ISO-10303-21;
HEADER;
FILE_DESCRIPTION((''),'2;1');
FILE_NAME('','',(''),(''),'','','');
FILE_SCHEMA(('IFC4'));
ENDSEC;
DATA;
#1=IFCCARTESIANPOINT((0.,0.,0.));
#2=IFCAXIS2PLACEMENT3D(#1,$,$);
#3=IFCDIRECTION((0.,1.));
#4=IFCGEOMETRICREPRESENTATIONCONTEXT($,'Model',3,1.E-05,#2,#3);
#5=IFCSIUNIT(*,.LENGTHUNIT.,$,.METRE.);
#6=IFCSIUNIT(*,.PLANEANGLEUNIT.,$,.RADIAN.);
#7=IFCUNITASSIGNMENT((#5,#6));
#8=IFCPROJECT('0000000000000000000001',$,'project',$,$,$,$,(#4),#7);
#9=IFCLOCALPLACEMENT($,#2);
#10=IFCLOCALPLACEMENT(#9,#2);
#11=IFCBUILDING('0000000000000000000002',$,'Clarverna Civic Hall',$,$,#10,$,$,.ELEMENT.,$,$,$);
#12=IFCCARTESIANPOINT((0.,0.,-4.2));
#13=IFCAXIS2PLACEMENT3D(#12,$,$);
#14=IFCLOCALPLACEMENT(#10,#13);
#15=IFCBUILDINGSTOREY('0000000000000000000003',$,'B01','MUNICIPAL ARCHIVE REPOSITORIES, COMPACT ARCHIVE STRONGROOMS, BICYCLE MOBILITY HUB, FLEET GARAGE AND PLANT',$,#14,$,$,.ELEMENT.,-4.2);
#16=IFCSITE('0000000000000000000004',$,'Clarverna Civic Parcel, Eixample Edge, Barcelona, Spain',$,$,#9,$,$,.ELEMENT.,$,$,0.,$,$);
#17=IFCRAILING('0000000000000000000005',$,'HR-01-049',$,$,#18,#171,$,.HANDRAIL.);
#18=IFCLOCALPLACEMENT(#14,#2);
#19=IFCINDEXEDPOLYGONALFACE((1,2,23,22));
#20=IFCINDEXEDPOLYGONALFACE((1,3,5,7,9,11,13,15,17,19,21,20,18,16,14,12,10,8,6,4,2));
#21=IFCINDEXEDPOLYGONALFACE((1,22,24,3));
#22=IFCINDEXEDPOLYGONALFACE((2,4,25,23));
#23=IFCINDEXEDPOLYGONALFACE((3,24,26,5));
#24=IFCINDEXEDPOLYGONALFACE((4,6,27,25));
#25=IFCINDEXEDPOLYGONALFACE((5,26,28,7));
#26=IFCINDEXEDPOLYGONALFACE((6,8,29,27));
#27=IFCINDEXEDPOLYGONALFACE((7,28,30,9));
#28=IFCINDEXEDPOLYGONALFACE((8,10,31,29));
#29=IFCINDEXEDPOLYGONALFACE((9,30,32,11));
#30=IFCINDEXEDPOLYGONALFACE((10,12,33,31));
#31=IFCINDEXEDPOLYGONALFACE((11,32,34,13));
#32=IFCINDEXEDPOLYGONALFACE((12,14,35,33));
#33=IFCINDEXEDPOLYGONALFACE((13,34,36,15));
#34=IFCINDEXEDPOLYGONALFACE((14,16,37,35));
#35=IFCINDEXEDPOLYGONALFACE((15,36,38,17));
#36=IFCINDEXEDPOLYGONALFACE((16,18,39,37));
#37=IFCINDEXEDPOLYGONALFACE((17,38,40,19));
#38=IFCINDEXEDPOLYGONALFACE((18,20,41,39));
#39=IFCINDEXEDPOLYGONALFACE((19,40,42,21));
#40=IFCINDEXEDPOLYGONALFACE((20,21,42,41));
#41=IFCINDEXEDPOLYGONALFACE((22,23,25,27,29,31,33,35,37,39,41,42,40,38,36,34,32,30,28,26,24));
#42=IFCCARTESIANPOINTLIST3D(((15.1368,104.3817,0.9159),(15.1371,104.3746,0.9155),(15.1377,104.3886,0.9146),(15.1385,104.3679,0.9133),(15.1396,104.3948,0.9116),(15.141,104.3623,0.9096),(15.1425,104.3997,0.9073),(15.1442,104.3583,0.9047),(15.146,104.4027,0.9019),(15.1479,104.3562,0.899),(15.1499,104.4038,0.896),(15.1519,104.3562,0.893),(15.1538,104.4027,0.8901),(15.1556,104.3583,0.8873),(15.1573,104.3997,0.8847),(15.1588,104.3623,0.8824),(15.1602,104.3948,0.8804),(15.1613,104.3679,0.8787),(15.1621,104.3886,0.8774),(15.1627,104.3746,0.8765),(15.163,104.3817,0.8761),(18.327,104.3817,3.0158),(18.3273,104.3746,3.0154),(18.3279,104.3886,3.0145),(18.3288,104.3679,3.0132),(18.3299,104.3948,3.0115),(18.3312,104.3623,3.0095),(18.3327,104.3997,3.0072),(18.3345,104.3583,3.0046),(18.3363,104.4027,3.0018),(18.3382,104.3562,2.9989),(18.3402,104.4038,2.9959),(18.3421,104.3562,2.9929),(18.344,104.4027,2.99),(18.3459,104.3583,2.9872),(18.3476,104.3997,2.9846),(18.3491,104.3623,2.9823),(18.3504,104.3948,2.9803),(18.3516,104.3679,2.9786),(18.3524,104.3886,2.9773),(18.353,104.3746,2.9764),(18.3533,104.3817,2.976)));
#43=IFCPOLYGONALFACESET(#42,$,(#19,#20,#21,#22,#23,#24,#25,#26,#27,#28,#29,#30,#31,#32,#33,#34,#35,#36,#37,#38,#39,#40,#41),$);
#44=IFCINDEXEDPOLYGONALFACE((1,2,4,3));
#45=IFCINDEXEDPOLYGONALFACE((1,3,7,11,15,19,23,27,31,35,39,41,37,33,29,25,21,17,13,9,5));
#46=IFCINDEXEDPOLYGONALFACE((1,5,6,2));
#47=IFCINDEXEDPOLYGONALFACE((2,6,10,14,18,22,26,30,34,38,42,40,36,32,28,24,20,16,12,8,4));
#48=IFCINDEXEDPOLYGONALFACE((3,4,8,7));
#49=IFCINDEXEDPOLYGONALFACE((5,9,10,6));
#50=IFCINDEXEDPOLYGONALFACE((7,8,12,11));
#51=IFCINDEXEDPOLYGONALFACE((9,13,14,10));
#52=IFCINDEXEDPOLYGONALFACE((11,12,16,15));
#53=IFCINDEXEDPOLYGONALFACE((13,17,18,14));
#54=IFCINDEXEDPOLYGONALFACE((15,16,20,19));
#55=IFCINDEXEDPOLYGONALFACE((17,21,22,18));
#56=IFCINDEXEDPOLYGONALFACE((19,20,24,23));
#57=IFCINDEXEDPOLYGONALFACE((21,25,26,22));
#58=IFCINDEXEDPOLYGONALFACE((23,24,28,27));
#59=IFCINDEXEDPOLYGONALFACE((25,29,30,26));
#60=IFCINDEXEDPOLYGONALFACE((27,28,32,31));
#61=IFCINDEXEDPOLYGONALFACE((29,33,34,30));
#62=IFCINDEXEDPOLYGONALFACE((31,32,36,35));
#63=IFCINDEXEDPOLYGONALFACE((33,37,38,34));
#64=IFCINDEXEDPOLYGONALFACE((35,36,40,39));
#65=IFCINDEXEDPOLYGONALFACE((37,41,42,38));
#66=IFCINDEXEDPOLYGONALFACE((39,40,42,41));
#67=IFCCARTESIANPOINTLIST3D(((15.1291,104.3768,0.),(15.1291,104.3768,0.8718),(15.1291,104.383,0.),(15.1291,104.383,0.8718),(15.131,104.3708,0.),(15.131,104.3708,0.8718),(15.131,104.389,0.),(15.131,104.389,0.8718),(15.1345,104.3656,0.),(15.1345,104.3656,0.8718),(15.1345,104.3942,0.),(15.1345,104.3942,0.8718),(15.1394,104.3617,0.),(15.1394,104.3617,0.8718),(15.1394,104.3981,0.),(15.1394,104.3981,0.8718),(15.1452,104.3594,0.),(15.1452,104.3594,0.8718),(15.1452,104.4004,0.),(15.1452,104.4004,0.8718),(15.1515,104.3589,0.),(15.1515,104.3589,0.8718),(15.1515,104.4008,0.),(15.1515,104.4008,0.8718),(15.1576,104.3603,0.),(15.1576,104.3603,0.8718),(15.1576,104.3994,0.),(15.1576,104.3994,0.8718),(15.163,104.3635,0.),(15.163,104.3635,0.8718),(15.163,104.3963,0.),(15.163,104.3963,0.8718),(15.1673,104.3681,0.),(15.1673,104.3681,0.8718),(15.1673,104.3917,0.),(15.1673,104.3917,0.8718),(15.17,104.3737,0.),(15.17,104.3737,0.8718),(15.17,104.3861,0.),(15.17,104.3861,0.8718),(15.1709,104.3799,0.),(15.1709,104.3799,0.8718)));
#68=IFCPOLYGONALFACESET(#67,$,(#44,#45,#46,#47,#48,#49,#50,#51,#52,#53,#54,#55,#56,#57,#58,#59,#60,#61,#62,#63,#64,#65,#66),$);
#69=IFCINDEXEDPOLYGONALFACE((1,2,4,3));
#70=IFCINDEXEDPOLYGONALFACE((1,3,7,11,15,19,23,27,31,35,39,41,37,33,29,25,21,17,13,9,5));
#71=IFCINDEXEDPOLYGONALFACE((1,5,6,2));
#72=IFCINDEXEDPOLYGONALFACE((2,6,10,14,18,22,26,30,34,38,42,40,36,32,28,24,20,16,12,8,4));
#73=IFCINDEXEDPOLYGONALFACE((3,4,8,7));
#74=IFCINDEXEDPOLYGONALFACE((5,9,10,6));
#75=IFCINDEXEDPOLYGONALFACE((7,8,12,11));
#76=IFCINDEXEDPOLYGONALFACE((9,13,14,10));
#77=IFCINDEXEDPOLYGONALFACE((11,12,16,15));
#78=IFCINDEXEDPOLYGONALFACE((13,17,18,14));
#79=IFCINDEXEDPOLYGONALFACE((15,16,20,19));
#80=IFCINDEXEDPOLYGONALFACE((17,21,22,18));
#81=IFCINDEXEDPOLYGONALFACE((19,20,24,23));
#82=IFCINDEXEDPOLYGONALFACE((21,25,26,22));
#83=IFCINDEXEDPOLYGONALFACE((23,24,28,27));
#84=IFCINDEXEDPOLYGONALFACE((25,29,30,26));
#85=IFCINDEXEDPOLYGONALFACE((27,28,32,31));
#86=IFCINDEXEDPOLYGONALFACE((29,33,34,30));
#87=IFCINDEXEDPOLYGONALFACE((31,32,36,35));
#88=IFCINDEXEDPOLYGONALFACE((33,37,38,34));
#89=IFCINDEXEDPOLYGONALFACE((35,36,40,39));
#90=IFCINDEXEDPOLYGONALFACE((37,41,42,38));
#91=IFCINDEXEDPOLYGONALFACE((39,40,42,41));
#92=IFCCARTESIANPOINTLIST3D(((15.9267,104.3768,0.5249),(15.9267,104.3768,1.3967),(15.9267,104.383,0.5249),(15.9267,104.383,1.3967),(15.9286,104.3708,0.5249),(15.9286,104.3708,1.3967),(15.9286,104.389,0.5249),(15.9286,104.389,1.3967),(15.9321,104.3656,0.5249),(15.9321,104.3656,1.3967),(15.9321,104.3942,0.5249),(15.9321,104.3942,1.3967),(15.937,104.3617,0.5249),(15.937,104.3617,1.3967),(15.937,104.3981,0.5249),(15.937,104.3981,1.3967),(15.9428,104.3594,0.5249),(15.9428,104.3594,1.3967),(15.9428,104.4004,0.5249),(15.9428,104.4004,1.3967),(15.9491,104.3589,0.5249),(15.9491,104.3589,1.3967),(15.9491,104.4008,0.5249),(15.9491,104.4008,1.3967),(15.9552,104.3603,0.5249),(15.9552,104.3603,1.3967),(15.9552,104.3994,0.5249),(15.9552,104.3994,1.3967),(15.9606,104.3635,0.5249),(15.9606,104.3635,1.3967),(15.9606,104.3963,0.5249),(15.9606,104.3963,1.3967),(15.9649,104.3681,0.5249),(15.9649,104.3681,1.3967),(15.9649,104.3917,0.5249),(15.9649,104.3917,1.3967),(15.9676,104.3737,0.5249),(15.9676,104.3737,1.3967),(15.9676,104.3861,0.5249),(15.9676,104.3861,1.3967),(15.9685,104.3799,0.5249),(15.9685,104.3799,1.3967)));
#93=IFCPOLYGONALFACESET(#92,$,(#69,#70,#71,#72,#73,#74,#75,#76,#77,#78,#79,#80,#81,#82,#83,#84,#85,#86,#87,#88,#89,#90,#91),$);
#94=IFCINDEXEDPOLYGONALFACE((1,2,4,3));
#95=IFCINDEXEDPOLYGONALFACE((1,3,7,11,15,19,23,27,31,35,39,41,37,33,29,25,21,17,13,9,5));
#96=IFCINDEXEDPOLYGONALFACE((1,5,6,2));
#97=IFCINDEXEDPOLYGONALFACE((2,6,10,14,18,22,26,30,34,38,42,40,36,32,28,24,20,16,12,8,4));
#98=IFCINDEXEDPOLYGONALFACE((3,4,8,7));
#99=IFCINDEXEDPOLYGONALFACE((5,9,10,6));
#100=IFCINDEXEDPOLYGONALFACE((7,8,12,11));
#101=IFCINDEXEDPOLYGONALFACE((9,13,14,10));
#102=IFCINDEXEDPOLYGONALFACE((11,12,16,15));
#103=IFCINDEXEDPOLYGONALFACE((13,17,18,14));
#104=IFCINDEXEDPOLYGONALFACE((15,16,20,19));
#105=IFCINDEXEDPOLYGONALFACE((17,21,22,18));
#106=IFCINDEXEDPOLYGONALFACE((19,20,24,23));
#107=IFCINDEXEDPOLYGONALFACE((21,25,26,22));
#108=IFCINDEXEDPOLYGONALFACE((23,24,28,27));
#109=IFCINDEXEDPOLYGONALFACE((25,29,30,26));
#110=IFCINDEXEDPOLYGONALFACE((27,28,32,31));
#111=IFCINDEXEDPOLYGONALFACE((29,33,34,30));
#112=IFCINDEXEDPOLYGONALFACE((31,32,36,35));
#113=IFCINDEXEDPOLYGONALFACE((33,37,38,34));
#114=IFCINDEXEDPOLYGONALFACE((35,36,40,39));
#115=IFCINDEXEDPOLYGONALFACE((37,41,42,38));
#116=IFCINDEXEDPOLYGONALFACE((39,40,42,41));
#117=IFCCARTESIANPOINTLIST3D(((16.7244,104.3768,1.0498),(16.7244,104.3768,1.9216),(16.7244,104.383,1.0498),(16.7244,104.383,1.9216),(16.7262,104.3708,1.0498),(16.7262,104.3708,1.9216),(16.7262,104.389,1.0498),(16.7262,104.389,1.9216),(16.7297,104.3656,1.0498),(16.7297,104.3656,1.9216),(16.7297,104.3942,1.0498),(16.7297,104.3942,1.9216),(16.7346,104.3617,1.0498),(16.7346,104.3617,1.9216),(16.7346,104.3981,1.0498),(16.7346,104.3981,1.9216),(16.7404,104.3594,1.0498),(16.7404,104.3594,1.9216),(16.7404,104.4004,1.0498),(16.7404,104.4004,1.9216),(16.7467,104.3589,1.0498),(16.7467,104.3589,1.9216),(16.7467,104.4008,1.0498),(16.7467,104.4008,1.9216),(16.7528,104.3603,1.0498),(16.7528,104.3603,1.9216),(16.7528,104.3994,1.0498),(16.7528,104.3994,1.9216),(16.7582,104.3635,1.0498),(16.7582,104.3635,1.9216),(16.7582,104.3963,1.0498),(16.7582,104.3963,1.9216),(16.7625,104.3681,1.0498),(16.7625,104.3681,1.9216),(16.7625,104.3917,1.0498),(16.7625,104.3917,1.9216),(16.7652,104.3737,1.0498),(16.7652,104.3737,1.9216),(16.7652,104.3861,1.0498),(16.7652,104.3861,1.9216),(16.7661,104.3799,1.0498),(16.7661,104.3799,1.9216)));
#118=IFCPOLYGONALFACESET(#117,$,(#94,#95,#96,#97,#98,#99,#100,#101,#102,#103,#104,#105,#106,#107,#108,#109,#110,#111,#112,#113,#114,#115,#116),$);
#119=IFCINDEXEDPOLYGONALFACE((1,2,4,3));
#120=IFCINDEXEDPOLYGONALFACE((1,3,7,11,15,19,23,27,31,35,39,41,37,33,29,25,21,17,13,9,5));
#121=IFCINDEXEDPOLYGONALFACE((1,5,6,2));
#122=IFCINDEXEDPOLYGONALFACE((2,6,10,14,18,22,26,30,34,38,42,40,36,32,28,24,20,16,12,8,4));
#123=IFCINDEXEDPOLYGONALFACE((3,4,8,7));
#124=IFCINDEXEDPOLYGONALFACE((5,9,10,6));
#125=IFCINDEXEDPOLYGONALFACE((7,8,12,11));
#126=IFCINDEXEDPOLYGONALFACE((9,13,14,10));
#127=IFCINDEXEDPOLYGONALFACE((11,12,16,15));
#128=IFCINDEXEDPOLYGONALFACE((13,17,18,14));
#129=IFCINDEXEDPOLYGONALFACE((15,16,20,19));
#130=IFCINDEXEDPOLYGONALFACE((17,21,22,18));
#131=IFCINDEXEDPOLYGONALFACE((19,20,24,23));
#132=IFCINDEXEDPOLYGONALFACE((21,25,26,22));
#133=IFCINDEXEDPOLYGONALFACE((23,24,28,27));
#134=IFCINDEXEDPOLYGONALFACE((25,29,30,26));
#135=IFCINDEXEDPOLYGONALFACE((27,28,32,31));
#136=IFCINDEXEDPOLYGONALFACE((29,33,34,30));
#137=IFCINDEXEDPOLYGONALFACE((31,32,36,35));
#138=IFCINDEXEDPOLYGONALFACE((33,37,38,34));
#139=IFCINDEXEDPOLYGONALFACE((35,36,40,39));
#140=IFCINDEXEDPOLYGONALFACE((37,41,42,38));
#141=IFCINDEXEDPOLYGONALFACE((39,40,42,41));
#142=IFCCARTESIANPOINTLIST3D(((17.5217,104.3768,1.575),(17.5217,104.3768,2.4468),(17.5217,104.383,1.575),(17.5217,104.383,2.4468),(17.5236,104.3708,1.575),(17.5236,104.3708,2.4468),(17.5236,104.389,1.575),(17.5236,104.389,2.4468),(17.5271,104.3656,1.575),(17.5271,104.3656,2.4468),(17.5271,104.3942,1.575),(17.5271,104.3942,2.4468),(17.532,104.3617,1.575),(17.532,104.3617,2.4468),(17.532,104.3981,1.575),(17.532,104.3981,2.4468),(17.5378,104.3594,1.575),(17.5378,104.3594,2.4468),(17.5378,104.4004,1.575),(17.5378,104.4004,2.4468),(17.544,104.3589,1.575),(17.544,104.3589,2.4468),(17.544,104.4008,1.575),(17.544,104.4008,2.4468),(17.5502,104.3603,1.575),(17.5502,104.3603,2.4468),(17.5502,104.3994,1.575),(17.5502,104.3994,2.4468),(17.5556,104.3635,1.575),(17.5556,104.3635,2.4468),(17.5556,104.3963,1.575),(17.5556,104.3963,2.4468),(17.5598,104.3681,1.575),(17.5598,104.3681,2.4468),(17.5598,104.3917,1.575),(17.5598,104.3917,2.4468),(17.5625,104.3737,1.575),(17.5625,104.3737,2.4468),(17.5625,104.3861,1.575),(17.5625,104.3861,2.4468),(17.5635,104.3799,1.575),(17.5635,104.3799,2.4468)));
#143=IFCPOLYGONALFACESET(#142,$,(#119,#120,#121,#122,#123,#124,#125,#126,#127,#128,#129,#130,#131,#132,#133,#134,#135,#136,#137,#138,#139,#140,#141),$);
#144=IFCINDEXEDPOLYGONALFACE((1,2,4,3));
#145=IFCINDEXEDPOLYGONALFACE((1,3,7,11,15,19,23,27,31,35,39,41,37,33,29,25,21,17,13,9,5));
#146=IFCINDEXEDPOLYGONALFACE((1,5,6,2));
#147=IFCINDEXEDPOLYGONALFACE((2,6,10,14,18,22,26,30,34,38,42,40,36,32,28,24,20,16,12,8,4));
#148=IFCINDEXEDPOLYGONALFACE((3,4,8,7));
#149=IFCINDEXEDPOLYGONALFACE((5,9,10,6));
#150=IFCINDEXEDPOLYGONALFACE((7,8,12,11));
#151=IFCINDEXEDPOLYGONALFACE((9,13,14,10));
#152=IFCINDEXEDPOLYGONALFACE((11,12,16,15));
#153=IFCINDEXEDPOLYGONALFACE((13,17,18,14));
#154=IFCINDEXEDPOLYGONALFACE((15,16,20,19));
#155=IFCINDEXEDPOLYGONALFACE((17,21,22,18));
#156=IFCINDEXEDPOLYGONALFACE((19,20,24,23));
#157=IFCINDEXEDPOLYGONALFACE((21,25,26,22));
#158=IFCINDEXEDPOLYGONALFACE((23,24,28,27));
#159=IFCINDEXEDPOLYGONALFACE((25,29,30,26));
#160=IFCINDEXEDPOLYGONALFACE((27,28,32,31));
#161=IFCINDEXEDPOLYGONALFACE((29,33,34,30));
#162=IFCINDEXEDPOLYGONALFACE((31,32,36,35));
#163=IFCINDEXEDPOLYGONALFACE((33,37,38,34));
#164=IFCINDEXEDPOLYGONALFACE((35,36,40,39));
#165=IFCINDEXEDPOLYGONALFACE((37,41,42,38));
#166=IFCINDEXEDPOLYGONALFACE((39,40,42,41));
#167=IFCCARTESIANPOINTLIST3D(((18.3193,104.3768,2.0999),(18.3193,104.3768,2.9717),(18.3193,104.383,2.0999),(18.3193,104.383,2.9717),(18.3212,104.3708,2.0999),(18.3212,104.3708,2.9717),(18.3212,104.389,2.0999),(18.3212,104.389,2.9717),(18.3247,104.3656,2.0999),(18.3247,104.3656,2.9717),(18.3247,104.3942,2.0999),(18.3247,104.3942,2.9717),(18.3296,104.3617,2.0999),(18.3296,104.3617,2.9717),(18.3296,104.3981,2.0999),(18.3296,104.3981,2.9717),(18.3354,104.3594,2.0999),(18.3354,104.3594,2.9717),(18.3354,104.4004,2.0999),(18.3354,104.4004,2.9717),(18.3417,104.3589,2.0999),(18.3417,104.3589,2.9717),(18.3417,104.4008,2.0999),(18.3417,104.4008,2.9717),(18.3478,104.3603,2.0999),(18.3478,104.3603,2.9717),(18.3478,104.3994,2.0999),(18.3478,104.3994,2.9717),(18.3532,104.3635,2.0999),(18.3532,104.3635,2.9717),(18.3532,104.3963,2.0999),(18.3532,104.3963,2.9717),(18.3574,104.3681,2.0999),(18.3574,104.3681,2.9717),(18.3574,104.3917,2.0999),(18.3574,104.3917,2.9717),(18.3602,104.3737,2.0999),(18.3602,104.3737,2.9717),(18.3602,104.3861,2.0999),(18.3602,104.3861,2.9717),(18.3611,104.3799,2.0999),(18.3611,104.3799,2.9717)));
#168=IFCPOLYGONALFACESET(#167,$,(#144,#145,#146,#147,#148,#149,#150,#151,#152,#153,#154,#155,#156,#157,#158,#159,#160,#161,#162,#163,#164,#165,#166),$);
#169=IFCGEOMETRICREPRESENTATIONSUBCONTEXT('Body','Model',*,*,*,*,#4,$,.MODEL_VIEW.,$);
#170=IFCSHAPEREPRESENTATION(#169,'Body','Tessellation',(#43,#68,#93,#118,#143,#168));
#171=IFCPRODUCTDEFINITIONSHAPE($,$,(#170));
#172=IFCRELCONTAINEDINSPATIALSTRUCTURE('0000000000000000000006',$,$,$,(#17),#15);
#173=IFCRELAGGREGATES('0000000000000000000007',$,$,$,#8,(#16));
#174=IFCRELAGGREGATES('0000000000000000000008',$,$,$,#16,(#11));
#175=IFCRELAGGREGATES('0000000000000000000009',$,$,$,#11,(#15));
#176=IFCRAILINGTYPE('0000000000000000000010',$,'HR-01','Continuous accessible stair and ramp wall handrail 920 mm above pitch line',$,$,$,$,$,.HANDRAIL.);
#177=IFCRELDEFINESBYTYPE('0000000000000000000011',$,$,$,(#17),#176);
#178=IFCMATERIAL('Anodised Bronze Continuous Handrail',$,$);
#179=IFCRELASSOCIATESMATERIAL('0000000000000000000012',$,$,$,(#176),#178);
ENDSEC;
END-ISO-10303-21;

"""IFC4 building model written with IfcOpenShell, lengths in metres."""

from ifc_helpers import new_model, si_unit, direction, frame, origin, origin_2d, place, context, subcontext, project, spatial, circle, extrude, material, type_object, element, save


model = new_model("IFC4")

# Units and contexts
model_context = context("Model", 3, precision=1e-05, world=origin(), true_north=direction((0.0, 1.0)))
body_context = subcontext(model_context, "Body", "Model", "MODEL_VIEW")
ifc_project = project(units=[si_unit("LENGTHUNIT", "METRE"), si_unit("PLANEANGLEUNIT", "RADIAN")], contexts=[model_context])

# Site, building, storey
site_placement = place(None, origin())
site = spatial("IfcSite", under=ifc_project, at=site_placement, Name="Clarverna Civic Parcel, Eixample Edge, Barcelona, Spain", CompositionType="ELEMENT", RefElevation=0.0)
building_placement = place(site_placement, origin())
building = spatial("IfcBuilding", under=site, at=building_placement, Name="Clarverna Civic Hall", CompositionType="ELEMENT")
storey_placement = place(building_placement, frame((0.0, 0.0, -4.2)))
storey = spatial("IfcBuildingStorey", under=building, at=storey_placement, Name="B01", Description="MUNICIPAL ARCHIVE REPOSITORIES, COMPACT ARCHIVE STRONGROOMS, BICYCLE MOBILITY HUB, FLEET GARAGE AND PLANT", CompositionType="ELEMENT", Elevation=-4.2)

# Railing
ifc_material_1 = material(Name="Anodised Bronze Continuous Handrail")
railing_type = type_object("IfcRailingType", Name="HR-01", Description="Continuous accessible stair and ramp wall handrail 920 mm above pitch line", PredefinedType="HANDRAIL", material=ifc_material_1)
railing_placement = place(storey_placement, frame((15.1499, 104.3799, 0.0)))
element("IfcRailing", 1, at=railing_placement, inside=storey, type_object=railing_type, Name="HR-01-049", PredefinedType="HANDRAIL", context=body_context, shape_type="SweptSolid", body=[
    extrude(circle(Radius=0.0239, at=origin_2d()), frame((0.0, 0.0, 0.896), z_axis=(0.835291, 0.0, 0.549808), x_axis=(0.0, 1.0, 0.0)), (0.0, 0.0, 1.0), 3.8193),
    extrude(circle(Radius=0.021, at=origin_2d()), origin(), (0.0, 0.0, 1.0), 0.8718),
    extrude(circle(Radius=0.021, at=origin_2d()), frame((0.7976, 0.0, 0.5249)), (0.0, 0.0, 1.0), 0.8718),
    extrude(circle(Radius=0.021, at=origin_2d()), frame((1.5952, 0.0, 1.0498)), (0.0, 0.0, 1.0), 0.8718),
    extrude(circle(Radius=0.021, at=origin_2d()), frame((2.3926, 0.0, 1.575)), (0.0, 0.0, 1.0), 0.8718),
    extrude(circle(Radius=0.021, at=origin_2d()), frame((3.1902, 0.0, 2.0999)), (0.0, 0.0, 1.0), 0.8718),
])

save(model, "model.ifc")
